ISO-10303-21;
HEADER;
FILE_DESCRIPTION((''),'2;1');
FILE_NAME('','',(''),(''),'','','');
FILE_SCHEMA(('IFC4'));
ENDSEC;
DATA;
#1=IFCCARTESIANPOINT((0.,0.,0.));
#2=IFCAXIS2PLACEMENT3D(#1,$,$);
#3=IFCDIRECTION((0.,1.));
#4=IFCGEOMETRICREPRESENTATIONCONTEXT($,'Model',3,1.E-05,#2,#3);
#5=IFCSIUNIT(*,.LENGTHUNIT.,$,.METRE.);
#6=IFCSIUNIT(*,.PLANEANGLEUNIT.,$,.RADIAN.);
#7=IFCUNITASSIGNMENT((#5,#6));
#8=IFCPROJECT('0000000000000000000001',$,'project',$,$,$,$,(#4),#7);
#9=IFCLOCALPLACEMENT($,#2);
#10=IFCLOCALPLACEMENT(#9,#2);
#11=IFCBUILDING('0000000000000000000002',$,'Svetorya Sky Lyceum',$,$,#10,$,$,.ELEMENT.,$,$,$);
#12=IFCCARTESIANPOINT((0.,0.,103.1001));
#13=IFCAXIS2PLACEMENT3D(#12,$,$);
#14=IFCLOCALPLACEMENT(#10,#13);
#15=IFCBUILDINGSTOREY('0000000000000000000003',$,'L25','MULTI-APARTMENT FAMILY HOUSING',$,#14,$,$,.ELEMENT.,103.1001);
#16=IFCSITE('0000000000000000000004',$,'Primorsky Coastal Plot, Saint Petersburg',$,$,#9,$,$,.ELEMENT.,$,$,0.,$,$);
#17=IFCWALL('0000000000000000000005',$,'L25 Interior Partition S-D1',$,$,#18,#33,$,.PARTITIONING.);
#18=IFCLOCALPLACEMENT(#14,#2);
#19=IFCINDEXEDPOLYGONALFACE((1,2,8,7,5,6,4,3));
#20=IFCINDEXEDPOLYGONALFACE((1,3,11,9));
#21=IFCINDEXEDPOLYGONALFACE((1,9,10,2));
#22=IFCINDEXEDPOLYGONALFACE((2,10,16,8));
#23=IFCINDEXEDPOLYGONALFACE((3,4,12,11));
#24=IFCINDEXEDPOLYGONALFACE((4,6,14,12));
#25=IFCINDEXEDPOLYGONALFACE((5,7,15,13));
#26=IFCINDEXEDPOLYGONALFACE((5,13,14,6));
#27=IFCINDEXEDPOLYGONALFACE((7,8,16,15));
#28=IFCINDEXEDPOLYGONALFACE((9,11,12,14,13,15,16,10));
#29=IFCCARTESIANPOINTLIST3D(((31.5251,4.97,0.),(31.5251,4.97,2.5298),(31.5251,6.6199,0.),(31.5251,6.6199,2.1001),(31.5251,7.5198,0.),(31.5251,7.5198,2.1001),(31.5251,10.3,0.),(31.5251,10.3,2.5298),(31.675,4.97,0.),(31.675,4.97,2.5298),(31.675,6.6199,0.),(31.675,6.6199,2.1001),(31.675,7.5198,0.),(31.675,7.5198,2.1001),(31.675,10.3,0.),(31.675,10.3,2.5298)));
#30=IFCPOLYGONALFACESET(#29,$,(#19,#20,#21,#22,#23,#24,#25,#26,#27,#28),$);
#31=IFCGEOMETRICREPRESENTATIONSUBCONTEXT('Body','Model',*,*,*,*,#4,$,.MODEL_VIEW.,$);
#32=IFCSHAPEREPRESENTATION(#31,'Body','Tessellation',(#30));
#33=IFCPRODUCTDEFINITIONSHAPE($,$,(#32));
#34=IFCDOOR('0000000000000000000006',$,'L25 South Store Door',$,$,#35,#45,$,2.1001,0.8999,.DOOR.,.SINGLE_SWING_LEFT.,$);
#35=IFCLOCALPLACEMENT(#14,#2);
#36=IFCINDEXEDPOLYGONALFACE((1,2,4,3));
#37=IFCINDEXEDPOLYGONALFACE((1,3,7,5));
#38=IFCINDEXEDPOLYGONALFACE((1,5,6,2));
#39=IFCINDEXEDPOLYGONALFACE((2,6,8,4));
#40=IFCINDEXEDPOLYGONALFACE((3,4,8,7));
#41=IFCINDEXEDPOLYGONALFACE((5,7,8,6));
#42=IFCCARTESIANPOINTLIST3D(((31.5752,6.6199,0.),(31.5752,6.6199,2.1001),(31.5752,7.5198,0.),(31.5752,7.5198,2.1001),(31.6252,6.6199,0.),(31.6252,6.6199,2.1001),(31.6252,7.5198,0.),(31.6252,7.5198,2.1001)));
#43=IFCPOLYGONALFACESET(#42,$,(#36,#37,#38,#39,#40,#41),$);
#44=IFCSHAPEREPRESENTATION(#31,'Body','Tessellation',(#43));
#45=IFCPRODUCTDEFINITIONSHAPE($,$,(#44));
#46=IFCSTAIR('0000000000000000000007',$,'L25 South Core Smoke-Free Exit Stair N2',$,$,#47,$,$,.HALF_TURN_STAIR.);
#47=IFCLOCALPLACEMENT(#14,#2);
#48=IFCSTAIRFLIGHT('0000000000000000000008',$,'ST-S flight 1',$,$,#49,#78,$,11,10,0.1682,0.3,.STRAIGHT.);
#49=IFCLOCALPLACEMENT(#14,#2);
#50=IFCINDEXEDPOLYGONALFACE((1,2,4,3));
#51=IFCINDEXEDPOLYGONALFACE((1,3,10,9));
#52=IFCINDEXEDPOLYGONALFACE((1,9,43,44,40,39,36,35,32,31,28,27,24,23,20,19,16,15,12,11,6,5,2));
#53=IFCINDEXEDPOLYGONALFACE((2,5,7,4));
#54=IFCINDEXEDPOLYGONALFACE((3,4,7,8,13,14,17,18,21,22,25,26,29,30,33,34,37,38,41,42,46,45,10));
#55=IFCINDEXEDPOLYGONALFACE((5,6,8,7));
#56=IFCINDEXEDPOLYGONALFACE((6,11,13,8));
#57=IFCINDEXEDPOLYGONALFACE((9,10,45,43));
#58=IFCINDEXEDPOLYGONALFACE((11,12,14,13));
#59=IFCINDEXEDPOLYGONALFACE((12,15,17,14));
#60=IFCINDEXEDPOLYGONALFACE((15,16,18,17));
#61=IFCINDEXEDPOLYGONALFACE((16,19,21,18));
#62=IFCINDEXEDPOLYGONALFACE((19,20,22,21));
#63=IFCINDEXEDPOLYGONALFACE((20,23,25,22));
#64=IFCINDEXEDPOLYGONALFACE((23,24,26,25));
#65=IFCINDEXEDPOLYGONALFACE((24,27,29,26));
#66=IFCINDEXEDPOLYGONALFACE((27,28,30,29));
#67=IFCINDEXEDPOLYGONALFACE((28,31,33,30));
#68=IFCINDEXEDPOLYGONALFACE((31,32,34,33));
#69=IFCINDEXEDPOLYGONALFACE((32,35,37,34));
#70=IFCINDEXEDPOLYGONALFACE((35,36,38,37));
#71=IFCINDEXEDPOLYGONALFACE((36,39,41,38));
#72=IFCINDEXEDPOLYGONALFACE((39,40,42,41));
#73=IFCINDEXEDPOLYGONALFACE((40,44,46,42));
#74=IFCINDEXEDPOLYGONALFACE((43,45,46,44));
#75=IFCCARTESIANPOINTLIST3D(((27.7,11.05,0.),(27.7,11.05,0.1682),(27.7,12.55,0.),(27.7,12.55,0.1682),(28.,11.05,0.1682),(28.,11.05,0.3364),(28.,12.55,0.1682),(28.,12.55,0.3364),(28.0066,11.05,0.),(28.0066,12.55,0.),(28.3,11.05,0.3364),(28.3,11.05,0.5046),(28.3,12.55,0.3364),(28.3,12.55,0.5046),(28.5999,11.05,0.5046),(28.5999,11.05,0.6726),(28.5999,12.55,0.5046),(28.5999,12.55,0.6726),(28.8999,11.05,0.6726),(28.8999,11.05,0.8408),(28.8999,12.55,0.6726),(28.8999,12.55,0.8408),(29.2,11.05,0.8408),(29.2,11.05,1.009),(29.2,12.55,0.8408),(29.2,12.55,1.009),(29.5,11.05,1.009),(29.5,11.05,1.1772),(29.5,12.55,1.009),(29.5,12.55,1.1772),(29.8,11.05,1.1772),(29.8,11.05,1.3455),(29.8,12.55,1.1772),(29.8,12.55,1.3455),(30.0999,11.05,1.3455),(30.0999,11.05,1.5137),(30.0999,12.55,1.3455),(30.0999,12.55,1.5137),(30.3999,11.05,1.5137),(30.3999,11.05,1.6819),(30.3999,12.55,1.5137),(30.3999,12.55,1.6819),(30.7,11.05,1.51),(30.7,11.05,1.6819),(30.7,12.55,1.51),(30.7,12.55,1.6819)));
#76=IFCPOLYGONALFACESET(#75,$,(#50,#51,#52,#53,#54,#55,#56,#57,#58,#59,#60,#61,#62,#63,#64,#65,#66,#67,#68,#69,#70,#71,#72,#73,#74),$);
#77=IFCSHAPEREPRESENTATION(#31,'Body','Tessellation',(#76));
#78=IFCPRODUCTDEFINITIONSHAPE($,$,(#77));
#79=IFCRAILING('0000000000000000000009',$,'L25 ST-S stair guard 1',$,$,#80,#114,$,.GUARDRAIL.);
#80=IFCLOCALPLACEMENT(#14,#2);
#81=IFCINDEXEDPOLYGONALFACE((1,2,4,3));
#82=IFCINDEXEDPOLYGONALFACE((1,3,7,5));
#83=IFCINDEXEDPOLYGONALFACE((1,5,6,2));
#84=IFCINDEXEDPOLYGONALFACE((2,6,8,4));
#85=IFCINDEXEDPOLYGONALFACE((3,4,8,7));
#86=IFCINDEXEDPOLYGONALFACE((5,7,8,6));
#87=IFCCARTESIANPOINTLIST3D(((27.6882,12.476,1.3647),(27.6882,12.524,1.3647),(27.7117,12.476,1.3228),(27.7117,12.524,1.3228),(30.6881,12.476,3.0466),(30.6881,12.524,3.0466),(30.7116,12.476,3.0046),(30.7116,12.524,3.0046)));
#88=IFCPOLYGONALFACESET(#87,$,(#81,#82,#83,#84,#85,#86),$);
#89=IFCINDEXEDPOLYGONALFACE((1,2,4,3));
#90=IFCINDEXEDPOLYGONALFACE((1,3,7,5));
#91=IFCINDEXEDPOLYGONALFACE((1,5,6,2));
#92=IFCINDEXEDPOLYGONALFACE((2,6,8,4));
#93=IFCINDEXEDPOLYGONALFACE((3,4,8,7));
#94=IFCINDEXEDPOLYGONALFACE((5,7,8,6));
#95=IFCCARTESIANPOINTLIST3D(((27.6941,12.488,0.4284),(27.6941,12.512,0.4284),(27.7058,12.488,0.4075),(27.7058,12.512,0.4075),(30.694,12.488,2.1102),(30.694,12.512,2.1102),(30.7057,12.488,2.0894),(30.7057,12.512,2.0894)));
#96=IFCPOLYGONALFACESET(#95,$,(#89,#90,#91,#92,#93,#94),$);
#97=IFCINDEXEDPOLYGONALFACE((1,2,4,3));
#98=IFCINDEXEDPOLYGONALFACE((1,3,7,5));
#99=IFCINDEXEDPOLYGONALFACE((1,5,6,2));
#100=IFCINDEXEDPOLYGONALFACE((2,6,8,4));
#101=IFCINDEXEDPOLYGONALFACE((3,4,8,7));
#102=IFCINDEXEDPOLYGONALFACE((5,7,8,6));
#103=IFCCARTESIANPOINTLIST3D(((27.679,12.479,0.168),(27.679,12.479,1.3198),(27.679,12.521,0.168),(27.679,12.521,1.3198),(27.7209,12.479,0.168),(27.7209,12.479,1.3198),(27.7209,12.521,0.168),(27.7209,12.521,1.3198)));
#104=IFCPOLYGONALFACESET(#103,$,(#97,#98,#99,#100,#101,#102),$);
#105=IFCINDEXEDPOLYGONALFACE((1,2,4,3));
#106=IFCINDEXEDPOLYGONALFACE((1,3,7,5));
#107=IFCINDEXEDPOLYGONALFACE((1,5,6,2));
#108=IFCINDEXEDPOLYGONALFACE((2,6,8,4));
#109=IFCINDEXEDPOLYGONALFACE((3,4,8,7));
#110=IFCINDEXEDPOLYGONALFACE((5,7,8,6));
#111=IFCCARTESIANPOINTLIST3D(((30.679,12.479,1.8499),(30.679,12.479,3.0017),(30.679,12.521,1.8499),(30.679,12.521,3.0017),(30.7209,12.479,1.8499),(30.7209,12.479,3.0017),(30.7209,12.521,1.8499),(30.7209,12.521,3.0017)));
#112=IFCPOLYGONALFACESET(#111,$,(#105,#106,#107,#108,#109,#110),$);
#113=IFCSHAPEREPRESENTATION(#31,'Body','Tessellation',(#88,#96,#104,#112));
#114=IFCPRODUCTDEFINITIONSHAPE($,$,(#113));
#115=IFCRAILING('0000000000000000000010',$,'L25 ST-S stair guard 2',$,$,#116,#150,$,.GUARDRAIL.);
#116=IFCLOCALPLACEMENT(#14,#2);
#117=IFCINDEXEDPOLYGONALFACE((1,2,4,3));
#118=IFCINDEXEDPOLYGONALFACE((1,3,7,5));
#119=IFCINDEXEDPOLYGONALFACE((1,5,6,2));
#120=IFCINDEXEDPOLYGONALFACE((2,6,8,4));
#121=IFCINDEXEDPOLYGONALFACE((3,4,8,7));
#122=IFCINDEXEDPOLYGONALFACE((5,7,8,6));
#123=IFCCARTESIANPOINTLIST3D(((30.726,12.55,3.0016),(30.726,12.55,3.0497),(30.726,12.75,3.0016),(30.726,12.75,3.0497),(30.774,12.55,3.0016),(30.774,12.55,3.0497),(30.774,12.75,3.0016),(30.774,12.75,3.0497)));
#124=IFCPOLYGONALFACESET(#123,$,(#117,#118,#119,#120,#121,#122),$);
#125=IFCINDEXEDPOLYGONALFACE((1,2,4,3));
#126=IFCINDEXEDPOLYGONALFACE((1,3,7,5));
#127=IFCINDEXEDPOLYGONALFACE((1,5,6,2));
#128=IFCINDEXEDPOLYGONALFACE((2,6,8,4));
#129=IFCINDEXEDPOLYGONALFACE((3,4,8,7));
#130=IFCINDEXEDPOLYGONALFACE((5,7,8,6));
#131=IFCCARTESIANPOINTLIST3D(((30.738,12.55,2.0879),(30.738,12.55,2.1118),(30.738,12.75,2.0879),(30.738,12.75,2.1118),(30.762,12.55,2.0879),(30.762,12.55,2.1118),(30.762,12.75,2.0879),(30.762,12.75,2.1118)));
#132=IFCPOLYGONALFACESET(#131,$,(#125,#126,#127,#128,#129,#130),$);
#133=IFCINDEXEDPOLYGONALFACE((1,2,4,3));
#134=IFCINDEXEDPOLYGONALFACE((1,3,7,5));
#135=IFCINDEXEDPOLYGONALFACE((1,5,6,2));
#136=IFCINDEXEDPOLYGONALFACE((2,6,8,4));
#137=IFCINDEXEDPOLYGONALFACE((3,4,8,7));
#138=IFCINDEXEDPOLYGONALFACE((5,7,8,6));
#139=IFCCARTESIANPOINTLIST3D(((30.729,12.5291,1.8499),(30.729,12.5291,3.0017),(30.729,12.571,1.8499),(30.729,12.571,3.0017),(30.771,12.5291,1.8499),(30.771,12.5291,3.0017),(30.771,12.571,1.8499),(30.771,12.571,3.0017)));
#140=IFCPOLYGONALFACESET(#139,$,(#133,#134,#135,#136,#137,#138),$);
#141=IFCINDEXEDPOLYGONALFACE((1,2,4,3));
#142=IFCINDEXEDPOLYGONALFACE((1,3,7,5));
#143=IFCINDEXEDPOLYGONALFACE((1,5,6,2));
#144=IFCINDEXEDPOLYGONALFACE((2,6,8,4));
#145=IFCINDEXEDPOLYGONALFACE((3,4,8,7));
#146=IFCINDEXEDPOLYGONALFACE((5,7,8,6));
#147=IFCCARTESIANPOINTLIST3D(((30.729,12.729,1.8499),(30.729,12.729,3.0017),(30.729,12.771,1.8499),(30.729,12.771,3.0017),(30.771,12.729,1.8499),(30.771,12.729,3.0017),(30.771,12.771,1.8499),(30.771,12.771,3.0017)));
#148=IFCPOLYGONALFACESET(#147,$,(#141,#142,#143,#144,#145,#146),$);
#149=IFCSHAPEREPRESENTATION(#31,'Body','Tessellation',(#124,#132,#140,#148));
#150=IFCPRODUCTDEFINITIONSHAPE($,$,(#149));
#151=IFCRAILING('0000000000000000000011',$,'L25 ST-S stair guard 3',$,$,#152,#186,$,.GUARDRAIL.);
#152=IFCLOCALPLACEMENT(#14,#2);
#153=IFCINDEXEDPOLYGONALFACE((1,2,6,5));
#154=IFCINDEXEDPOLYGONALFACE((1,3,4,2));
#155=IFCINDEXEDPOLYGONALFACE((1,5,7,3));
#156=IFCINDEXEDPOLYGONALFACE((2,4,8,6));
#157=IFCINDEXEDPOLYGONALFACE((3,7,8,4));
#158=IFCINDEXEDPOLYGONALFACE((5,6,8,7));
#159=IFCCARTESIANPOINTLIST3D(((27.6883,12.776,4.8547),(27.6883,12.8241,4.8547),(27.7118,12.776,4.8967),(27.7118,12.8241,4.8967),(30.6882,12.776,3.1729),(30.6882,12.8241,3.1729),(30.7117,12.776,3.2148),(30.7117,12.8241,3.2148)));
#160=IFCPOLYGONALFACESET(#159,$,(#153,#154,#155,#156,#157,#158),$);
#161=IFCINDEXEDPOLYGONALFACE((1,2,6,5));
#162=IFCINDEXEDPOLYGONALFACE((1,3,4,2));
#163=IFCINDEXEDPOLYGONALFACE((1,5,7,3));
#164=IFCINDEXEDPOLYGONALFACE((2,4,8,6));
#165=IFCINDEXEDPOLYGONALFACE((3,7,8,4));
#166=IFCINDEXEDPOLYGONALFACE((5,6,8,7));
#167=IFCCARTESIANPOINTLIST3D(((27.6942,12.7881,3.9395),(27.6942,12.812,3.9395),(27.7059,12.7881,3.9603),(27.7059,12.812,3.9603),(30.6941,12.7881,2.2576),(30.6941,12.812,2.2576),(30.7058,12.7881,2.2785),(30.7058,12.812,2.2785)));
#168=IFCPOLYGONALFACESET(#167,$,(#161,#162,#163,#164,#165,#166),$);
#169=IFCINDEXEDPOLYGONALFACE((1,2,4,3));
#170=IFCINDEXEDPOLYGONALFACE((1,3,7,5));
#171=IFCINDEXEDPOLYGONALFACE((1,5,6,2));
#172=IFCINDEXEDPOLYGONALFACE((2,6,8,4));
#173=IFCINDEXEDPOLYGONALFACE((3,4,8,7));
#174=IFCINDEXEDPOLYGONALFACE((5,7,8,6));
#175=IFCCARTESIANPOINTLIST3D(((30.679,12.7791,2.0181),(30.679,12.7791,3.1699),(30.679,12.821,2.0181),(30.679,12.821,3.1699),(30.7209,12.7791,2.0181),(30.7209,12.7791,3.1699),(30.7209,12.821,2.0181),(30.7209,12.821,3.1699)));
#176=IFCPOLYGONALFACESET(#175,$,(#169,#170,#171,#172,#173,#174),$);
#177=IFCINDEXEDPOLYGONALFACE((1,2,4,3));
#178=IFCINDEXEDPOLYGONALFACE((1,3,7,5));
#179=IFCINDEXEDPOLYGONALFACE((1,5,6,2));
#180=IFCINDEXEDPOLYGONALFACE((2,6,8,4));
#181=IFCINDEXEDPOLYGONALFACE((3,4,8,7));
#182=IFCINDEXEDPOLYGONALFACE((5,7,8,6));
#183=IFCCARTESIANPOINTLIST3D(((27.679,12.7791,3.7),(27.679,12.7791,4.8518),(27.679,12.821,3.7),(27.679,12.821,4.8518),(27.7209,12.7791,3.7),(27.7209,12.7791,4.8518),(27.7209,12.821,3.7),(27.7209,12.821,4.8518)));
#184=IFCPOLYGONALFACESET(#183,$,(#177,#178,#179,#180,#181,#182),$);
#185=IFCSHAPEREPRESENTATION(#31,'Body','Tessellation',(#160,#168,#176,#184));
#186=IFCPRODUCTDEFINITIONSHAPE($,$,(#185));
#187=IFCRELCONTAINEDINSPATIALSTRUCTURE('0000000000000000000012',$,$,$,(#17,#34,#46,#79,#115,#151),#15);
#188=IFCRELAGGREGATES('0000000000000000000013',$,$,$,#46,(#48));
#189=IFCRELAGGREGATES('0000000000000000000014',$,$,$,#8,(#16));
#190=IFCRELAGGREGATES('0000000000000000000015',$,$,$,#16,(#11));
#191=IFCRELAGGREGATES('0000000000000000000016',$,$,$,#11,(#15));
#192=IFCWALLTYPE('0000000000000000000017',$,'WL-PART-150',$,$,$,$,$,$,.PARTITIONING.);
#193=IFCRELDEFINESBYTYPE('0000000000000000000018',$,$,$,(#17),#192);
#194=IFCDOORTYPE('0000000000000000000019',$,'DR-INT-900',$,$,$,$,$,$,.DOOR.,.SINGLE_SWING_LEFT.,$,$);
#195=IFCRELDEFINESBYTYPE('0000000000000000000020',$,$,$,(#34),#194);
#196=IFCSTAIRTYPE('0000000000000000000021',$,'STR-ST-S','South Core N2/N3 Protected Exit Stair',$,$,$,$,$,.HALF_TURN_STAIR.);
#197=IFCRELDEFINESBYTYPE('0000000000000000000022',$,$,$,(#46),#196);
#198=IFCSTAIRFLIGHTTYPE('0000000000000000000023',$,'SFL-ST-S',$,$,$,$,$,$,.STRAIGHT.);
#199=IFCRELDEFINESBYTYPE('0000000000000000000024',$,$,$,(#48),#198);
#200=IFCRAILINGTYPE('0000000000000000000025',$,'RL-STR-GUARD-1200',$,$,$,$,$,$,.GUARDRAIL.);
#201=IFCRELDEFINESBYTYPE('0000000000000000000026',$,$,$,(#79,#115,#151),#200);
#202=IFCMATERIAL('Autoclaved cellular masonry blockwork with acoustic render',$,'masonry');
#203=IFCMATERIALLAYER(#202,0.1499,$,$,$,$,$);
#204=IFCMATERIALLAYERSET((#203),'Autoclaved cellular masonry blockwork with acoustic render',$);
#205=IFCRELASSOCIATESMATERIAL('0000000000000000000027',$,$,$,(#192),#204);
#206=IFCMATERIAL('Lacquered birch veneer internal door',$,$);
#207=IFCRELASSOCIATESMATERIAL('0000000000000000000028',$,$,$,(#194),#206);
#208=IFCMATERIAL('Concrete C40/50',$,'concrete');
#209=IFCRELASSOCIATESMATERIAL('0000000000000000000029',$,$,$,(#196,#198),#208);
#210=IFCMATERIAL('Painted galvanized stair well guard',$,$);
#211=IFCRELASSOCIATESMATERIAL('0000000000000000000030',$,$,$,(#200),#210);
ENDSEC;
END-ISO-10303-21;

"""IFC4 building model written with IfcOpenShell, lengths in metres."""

from ifc_helpers import new_model, si_unit, direction, frame, frame_2d, origin, origin_2d, place, context, subcontext, project, spatial, polyline, rectangle, outline, extrude, material, layer, layer_set, type_object, element, fill, aggregate, save


model = new_model("IFC4")

# Units and contexts
model_context = context("Model", 3, precision=1e-05, world=origin(), true_north=direction((0.0, 1.0)))
body_context = subcontext(model_context, "Body", "Model", "MODEL_VIEW")
ifc_project = project(units=[si_unit("LENGTHUNIT", "METRE"), si_unit("PLANEANGLEUNIT", "RADIAN")], contexts=[model_context])

# Site, building, storey
site_placement = place(None, origin())
site = spatial("IfcSite", under=ifc_project, at=site_placement, Name="Primorsky Coastal Plot, Saint Petersburg", CompositionType="ELEMENT", RefElevation=0.0)
building_placement = place(site_placement, origin())
building = spatial("IfcBuilding", under=site, at=building_placement, Name="Svetorya Sky Lyceum", CompositionType="ELEMENT")
storey_placement = place(building_placement, frame((0.0, 0.0, 103.1001)))
storey = spatial("IfcBuildingStorey", under=building, at=storey_placement, Name="L25", Description="MULTI-APARTMENT FAMILY HOUSING", CompositionType="ELEMENT", Elevation=103.1001)

# Shared definitions
ifc_material_1 = material(Name="Concrete C40/50", Category="concrete")

# Wall, opening, door
ifc_material_2 = material(Name="Autoclaved cellular masonry blockwork with acoustic render", Category="masonry")
ifc_layer_1 = layer(ifc_material_2, 0.1499)
ifc_layer_set_1 = layer_set([ifc_layer_1], Name="Autoclaved cellular masonry blockwork with acoustic render")
wall_type_1 = type_object("IfcWallType", Name="WL-PART-150", PredefinedType="PARTITIONING", material=ifc_layer_set_1)
wall_1_placement = place(storey_placement, frame((31.6001, 4.97, 0.0), z_axis=(0.0, 0.0, 1.0), x_axis=(0.0, 1.0, 0.0)))
wall_1 = element("IfcWall", 1, at=wall_1_placement, inside=storey, type_object=wall_type_1, Name="L25 Interior Partition S-D1", PredefinedType="PARTITIONING", context=body_context, shape_type="SweptSolid", body=[
    extrude(rectangle(XDim=5.3301, YDim=0.1499, at=frame_2d((2.665, 0.0))), origin(), (0.0, 0.0, 1.0), 2.5298),
])
opening_placement = place(wall_1_placement, frame((1.6499, 0.0, 0.0)))
opening = element("IfcOpeningElement", 2, at=opening_placement, cuts=wall_1, PredefinedType="OPENING", context=body_context, shape_type="SweptSolid", body=[
    extrude(rectangle(XDim=0.8999, YDim=2.1001, at=frame_2d((0.45, 1.05))), frame((0.0, 0.085, 0.0), z_axis=(0.0, -1.0, 0.0), x_axis=(1.0, 0.0, 0.0)), (0.0, 0.0, 1.0), 0.1699),
])
ifc_material_3 = material(Name="Lacquered birch veneer internal door")
door_type = type_object("IfcDoorType", Name="DR-INT-900", OperationType="SINGLE_SWING_LEFT", PredefinedType="DOOR", material=ifc_material_3)
door_placement = place(opening_placement, origin())
door = element("IfcDoor", 3, at=door_placement, inside=storey, type_object=door_type, Name="L25 South Store Door", OperationType="SINGLE_SWING_LEFT", OverallHeight=2.1001, OverallWidth=0.8999, PredefinedType="DOOR", context=body_context, shape_type="SweptSolid", body=[
    extrude(rectangle(XDim=0.8999, YDim=2.1001, at=frame_2d((0.45, 1.05))), frame((0.0, 0.0249, 0.0), z_axis=(0.0, -1.0, 0.0), x_axis=(1.0, 0.0, 0.0)), (0.0, 0.0, 1.0), 0.05),
])
fill(opening, door)

# Stair, stair flight
stair_type = type_object("IfcStairType", Name="STR-ST-S", Description="South Core N2/N3 Protected Exit Stair", PredefinedType="HALF_TURN_STAIR", material=ifc_material_1)
stair_placement = place(storey_placement, origin())
stair = element("IfcStair", 4, at=stair_placement, inside=storey, type_object=stair_type, Name="L25 South Core Smoke-Free Exit Stair N2", PredefinedType="HALF_TURN_STAIR")
stair_flight_type = type_object("IfcStairFlightType", Name="SFL-ST-S", PredefinedType="STRAIGHT", material=ifc_material_1)
stair_flight_placement = place(storey_placement, frame((27.7, 11.8, 0.0), z_axis=(0.0, 0.0, 1.0), x_axis=(1.0, 0.0, 0.0)))
stair_flight = element("IfcStairFlight", 5, at=stair_flight_placement, type_object=stair_flight_type, Name="ST-S flight 1", NumberOfRisers=11, NumberOfTreads=10, PredefinedType="STRAIGHT", RiserHeight=0.1682, TreadLength=0.3, context=body_context, shape_type="SweptSolid", body=[
    extrude(outline(polyline([(0.0, 0.0), (0.0, 0.1682), (0.3, 0.1682), (0.3, 0.3364), (0.6001, 0.3364), (0.6001, 0.5046), (0.8999, 0.5046), (0.8999, 0.6726), (1.2, 0.6726), (1.2, 0.8408), (1.5, 0.8408), (1.5, 1.009), (1.8, 1.009), (1.8, 1.1772), (2.1001, 1.1772), (2.1001, 1.3455), (2.3999, 1.3455), (2.3999, 1.5137), (2.7, 1.5137), (2.7, 1.6819), (3.0, 1.6819), (3.0, 1.8501), (3.0, 1.51), (0.3066, 0.0), (0.0, 0.0)])), frame((0.0, 0.75, 0.0), z_axis=(0.0, -1.0, 0.0), x_axis=(1.0, 0.0, 0.0)), (0.0, 0.0, 1.0), 1.5),
])
aggregate(stair, [stair_flight])

# Railings
ifc_material_4 = material(Name="Painted galvanized stair well guard")
railing_type_1 = type_object("IfcRailingType", Name="RL-STR-GUARD-1200", PredefinedType="GUARDRAIL", material=ifc_material_4)
railing_1_placement = place(storey_placement, frame((27.7, 12.5, 0.168)))
element("IfcRailing", 6, at=railing_1_placement, inside=storey, type_object=railing_type_1, Name="L25 ST-S stair guard 1", PredefinedType="GUARDRAIL", context=body_context, shape_type="SweptSolid", body=[
    extrude(rectangle(XDim=0.0481, YDim=0.0481, at=origin_2d()), frame((0.0, 0.0, 1.1758), z_axis=(0.872272, 0.0, 0.48902), x_axis=(0.0, 1.0, 0.0)), (0.0, 0.0, 1.0), 3.4392),
    extrude(rectangle(XDim=0.0239, YDim=0.0239, at=origin_2d()), frame((0.0, 0.0, 0.25), z_axis=(0.872272, 0.0, 0.48902), x_axis=(0.0, 1.0, 0.0)), (0.0, 0.0, 1.0), 3.4392),
    extrude(rectangle(XDim=0.042, YDim=0.042, at=origin_2d()), origin(), (0.0, 0.0, 1.0), 1.1519),
    extrude(rectangle(XDim=0.042, YDim=0.042, at=origin_2d()), frame((3.0, 0.0, 1.6819)), (0.0, 0.0, 1.0), 1.1519),
])
railing_2_placement = place(storey_placement, frame((30.75, 12.55, 1.8499)))
element("IfcRailing", 7, at=railing_2_placement, inside=storey, type_object=railing_type_1, Name="L25 ST-S stair guard 2", PredefinedType="GUARDRAIL", context=body_context, shape_type="SweptSolid", body=[
    extrude(rectangle(XDim=0.0481, YDim=0.0481, at=origin_2d()), frame((0.0, 0.0, 1.1758), z_axis=(0.0, 1.0, 0.0), x_axis=(-1.0, 0.0, 0.0)), (0.0, 0.0, 1.0), 0.2),
    extrude(rectangle(XDim=0.0239, YDim=0.0239, at=origin_2d()), frame((0.0, 0.0, 0.25), z_axis=(0.0, 1.0, 0.0), x_axis=(-1.0, 0.0, 0.0)), (0.0, 0.0, 1.0), 0.2),
    extrude(rectangle(XDim=0.042, YDim=0.042, at=origin_2d()), origin(), (0.0, 0.0, 1.0), 1.1519),
    extrude(rectangle(XDim=0.042, YDim=0.042, at=origin_2d()), frame((0.0, 0.2, 0.0)), (0.0, 0.0, 1.0), 1.1519),
])
railing_3_placement = place(storey_placement, frame((30.7, 12.8, 2.0181)))
element("IfcRailing", 8, at=railing_3_placement, inside=storey, type_object=railing_type_1, Name="L25 ST-S stair guard 3", PredefinedType="GUARDRAIL", context=body_context, shape_type="SweptSolid", body=[
    extrude(rectangle(XDim=0.0481, YDim=0.0481, at=origin_2d()), frame((0.0, 0.0, 1.1758), z_axis=(-0.872272, 0.0, 0.48902), x_axis=(0.0, -1.0, 0.0)), (0.0, 0.0, 1.0), 3.4392),
    extrude(rectangle(XDim=0.0239, YDim=0.0239, at=origin_2d()), frame((0.0, 0.0, 0.25), z_axis=(-0.872272, 0.0, 0.48902), x_axis=(0.0, -1.0, 0.0)), (0.0, 0.0, 1.0), 3.4392),
    extrude(rectangle(XDim=0.042, YDim=0.042, at=origin_2d()), origin(), (0.0, 0.0, 1.0), 1.1519),
    extrude(rectangle(XDim=0.042, YDim=0.042, at=origin_2d()), frame((-3.0, 0.0, 1.6819)), (0.0, 0.0, 1.0), 1.1519),
])

save(model, "model.ifc")
